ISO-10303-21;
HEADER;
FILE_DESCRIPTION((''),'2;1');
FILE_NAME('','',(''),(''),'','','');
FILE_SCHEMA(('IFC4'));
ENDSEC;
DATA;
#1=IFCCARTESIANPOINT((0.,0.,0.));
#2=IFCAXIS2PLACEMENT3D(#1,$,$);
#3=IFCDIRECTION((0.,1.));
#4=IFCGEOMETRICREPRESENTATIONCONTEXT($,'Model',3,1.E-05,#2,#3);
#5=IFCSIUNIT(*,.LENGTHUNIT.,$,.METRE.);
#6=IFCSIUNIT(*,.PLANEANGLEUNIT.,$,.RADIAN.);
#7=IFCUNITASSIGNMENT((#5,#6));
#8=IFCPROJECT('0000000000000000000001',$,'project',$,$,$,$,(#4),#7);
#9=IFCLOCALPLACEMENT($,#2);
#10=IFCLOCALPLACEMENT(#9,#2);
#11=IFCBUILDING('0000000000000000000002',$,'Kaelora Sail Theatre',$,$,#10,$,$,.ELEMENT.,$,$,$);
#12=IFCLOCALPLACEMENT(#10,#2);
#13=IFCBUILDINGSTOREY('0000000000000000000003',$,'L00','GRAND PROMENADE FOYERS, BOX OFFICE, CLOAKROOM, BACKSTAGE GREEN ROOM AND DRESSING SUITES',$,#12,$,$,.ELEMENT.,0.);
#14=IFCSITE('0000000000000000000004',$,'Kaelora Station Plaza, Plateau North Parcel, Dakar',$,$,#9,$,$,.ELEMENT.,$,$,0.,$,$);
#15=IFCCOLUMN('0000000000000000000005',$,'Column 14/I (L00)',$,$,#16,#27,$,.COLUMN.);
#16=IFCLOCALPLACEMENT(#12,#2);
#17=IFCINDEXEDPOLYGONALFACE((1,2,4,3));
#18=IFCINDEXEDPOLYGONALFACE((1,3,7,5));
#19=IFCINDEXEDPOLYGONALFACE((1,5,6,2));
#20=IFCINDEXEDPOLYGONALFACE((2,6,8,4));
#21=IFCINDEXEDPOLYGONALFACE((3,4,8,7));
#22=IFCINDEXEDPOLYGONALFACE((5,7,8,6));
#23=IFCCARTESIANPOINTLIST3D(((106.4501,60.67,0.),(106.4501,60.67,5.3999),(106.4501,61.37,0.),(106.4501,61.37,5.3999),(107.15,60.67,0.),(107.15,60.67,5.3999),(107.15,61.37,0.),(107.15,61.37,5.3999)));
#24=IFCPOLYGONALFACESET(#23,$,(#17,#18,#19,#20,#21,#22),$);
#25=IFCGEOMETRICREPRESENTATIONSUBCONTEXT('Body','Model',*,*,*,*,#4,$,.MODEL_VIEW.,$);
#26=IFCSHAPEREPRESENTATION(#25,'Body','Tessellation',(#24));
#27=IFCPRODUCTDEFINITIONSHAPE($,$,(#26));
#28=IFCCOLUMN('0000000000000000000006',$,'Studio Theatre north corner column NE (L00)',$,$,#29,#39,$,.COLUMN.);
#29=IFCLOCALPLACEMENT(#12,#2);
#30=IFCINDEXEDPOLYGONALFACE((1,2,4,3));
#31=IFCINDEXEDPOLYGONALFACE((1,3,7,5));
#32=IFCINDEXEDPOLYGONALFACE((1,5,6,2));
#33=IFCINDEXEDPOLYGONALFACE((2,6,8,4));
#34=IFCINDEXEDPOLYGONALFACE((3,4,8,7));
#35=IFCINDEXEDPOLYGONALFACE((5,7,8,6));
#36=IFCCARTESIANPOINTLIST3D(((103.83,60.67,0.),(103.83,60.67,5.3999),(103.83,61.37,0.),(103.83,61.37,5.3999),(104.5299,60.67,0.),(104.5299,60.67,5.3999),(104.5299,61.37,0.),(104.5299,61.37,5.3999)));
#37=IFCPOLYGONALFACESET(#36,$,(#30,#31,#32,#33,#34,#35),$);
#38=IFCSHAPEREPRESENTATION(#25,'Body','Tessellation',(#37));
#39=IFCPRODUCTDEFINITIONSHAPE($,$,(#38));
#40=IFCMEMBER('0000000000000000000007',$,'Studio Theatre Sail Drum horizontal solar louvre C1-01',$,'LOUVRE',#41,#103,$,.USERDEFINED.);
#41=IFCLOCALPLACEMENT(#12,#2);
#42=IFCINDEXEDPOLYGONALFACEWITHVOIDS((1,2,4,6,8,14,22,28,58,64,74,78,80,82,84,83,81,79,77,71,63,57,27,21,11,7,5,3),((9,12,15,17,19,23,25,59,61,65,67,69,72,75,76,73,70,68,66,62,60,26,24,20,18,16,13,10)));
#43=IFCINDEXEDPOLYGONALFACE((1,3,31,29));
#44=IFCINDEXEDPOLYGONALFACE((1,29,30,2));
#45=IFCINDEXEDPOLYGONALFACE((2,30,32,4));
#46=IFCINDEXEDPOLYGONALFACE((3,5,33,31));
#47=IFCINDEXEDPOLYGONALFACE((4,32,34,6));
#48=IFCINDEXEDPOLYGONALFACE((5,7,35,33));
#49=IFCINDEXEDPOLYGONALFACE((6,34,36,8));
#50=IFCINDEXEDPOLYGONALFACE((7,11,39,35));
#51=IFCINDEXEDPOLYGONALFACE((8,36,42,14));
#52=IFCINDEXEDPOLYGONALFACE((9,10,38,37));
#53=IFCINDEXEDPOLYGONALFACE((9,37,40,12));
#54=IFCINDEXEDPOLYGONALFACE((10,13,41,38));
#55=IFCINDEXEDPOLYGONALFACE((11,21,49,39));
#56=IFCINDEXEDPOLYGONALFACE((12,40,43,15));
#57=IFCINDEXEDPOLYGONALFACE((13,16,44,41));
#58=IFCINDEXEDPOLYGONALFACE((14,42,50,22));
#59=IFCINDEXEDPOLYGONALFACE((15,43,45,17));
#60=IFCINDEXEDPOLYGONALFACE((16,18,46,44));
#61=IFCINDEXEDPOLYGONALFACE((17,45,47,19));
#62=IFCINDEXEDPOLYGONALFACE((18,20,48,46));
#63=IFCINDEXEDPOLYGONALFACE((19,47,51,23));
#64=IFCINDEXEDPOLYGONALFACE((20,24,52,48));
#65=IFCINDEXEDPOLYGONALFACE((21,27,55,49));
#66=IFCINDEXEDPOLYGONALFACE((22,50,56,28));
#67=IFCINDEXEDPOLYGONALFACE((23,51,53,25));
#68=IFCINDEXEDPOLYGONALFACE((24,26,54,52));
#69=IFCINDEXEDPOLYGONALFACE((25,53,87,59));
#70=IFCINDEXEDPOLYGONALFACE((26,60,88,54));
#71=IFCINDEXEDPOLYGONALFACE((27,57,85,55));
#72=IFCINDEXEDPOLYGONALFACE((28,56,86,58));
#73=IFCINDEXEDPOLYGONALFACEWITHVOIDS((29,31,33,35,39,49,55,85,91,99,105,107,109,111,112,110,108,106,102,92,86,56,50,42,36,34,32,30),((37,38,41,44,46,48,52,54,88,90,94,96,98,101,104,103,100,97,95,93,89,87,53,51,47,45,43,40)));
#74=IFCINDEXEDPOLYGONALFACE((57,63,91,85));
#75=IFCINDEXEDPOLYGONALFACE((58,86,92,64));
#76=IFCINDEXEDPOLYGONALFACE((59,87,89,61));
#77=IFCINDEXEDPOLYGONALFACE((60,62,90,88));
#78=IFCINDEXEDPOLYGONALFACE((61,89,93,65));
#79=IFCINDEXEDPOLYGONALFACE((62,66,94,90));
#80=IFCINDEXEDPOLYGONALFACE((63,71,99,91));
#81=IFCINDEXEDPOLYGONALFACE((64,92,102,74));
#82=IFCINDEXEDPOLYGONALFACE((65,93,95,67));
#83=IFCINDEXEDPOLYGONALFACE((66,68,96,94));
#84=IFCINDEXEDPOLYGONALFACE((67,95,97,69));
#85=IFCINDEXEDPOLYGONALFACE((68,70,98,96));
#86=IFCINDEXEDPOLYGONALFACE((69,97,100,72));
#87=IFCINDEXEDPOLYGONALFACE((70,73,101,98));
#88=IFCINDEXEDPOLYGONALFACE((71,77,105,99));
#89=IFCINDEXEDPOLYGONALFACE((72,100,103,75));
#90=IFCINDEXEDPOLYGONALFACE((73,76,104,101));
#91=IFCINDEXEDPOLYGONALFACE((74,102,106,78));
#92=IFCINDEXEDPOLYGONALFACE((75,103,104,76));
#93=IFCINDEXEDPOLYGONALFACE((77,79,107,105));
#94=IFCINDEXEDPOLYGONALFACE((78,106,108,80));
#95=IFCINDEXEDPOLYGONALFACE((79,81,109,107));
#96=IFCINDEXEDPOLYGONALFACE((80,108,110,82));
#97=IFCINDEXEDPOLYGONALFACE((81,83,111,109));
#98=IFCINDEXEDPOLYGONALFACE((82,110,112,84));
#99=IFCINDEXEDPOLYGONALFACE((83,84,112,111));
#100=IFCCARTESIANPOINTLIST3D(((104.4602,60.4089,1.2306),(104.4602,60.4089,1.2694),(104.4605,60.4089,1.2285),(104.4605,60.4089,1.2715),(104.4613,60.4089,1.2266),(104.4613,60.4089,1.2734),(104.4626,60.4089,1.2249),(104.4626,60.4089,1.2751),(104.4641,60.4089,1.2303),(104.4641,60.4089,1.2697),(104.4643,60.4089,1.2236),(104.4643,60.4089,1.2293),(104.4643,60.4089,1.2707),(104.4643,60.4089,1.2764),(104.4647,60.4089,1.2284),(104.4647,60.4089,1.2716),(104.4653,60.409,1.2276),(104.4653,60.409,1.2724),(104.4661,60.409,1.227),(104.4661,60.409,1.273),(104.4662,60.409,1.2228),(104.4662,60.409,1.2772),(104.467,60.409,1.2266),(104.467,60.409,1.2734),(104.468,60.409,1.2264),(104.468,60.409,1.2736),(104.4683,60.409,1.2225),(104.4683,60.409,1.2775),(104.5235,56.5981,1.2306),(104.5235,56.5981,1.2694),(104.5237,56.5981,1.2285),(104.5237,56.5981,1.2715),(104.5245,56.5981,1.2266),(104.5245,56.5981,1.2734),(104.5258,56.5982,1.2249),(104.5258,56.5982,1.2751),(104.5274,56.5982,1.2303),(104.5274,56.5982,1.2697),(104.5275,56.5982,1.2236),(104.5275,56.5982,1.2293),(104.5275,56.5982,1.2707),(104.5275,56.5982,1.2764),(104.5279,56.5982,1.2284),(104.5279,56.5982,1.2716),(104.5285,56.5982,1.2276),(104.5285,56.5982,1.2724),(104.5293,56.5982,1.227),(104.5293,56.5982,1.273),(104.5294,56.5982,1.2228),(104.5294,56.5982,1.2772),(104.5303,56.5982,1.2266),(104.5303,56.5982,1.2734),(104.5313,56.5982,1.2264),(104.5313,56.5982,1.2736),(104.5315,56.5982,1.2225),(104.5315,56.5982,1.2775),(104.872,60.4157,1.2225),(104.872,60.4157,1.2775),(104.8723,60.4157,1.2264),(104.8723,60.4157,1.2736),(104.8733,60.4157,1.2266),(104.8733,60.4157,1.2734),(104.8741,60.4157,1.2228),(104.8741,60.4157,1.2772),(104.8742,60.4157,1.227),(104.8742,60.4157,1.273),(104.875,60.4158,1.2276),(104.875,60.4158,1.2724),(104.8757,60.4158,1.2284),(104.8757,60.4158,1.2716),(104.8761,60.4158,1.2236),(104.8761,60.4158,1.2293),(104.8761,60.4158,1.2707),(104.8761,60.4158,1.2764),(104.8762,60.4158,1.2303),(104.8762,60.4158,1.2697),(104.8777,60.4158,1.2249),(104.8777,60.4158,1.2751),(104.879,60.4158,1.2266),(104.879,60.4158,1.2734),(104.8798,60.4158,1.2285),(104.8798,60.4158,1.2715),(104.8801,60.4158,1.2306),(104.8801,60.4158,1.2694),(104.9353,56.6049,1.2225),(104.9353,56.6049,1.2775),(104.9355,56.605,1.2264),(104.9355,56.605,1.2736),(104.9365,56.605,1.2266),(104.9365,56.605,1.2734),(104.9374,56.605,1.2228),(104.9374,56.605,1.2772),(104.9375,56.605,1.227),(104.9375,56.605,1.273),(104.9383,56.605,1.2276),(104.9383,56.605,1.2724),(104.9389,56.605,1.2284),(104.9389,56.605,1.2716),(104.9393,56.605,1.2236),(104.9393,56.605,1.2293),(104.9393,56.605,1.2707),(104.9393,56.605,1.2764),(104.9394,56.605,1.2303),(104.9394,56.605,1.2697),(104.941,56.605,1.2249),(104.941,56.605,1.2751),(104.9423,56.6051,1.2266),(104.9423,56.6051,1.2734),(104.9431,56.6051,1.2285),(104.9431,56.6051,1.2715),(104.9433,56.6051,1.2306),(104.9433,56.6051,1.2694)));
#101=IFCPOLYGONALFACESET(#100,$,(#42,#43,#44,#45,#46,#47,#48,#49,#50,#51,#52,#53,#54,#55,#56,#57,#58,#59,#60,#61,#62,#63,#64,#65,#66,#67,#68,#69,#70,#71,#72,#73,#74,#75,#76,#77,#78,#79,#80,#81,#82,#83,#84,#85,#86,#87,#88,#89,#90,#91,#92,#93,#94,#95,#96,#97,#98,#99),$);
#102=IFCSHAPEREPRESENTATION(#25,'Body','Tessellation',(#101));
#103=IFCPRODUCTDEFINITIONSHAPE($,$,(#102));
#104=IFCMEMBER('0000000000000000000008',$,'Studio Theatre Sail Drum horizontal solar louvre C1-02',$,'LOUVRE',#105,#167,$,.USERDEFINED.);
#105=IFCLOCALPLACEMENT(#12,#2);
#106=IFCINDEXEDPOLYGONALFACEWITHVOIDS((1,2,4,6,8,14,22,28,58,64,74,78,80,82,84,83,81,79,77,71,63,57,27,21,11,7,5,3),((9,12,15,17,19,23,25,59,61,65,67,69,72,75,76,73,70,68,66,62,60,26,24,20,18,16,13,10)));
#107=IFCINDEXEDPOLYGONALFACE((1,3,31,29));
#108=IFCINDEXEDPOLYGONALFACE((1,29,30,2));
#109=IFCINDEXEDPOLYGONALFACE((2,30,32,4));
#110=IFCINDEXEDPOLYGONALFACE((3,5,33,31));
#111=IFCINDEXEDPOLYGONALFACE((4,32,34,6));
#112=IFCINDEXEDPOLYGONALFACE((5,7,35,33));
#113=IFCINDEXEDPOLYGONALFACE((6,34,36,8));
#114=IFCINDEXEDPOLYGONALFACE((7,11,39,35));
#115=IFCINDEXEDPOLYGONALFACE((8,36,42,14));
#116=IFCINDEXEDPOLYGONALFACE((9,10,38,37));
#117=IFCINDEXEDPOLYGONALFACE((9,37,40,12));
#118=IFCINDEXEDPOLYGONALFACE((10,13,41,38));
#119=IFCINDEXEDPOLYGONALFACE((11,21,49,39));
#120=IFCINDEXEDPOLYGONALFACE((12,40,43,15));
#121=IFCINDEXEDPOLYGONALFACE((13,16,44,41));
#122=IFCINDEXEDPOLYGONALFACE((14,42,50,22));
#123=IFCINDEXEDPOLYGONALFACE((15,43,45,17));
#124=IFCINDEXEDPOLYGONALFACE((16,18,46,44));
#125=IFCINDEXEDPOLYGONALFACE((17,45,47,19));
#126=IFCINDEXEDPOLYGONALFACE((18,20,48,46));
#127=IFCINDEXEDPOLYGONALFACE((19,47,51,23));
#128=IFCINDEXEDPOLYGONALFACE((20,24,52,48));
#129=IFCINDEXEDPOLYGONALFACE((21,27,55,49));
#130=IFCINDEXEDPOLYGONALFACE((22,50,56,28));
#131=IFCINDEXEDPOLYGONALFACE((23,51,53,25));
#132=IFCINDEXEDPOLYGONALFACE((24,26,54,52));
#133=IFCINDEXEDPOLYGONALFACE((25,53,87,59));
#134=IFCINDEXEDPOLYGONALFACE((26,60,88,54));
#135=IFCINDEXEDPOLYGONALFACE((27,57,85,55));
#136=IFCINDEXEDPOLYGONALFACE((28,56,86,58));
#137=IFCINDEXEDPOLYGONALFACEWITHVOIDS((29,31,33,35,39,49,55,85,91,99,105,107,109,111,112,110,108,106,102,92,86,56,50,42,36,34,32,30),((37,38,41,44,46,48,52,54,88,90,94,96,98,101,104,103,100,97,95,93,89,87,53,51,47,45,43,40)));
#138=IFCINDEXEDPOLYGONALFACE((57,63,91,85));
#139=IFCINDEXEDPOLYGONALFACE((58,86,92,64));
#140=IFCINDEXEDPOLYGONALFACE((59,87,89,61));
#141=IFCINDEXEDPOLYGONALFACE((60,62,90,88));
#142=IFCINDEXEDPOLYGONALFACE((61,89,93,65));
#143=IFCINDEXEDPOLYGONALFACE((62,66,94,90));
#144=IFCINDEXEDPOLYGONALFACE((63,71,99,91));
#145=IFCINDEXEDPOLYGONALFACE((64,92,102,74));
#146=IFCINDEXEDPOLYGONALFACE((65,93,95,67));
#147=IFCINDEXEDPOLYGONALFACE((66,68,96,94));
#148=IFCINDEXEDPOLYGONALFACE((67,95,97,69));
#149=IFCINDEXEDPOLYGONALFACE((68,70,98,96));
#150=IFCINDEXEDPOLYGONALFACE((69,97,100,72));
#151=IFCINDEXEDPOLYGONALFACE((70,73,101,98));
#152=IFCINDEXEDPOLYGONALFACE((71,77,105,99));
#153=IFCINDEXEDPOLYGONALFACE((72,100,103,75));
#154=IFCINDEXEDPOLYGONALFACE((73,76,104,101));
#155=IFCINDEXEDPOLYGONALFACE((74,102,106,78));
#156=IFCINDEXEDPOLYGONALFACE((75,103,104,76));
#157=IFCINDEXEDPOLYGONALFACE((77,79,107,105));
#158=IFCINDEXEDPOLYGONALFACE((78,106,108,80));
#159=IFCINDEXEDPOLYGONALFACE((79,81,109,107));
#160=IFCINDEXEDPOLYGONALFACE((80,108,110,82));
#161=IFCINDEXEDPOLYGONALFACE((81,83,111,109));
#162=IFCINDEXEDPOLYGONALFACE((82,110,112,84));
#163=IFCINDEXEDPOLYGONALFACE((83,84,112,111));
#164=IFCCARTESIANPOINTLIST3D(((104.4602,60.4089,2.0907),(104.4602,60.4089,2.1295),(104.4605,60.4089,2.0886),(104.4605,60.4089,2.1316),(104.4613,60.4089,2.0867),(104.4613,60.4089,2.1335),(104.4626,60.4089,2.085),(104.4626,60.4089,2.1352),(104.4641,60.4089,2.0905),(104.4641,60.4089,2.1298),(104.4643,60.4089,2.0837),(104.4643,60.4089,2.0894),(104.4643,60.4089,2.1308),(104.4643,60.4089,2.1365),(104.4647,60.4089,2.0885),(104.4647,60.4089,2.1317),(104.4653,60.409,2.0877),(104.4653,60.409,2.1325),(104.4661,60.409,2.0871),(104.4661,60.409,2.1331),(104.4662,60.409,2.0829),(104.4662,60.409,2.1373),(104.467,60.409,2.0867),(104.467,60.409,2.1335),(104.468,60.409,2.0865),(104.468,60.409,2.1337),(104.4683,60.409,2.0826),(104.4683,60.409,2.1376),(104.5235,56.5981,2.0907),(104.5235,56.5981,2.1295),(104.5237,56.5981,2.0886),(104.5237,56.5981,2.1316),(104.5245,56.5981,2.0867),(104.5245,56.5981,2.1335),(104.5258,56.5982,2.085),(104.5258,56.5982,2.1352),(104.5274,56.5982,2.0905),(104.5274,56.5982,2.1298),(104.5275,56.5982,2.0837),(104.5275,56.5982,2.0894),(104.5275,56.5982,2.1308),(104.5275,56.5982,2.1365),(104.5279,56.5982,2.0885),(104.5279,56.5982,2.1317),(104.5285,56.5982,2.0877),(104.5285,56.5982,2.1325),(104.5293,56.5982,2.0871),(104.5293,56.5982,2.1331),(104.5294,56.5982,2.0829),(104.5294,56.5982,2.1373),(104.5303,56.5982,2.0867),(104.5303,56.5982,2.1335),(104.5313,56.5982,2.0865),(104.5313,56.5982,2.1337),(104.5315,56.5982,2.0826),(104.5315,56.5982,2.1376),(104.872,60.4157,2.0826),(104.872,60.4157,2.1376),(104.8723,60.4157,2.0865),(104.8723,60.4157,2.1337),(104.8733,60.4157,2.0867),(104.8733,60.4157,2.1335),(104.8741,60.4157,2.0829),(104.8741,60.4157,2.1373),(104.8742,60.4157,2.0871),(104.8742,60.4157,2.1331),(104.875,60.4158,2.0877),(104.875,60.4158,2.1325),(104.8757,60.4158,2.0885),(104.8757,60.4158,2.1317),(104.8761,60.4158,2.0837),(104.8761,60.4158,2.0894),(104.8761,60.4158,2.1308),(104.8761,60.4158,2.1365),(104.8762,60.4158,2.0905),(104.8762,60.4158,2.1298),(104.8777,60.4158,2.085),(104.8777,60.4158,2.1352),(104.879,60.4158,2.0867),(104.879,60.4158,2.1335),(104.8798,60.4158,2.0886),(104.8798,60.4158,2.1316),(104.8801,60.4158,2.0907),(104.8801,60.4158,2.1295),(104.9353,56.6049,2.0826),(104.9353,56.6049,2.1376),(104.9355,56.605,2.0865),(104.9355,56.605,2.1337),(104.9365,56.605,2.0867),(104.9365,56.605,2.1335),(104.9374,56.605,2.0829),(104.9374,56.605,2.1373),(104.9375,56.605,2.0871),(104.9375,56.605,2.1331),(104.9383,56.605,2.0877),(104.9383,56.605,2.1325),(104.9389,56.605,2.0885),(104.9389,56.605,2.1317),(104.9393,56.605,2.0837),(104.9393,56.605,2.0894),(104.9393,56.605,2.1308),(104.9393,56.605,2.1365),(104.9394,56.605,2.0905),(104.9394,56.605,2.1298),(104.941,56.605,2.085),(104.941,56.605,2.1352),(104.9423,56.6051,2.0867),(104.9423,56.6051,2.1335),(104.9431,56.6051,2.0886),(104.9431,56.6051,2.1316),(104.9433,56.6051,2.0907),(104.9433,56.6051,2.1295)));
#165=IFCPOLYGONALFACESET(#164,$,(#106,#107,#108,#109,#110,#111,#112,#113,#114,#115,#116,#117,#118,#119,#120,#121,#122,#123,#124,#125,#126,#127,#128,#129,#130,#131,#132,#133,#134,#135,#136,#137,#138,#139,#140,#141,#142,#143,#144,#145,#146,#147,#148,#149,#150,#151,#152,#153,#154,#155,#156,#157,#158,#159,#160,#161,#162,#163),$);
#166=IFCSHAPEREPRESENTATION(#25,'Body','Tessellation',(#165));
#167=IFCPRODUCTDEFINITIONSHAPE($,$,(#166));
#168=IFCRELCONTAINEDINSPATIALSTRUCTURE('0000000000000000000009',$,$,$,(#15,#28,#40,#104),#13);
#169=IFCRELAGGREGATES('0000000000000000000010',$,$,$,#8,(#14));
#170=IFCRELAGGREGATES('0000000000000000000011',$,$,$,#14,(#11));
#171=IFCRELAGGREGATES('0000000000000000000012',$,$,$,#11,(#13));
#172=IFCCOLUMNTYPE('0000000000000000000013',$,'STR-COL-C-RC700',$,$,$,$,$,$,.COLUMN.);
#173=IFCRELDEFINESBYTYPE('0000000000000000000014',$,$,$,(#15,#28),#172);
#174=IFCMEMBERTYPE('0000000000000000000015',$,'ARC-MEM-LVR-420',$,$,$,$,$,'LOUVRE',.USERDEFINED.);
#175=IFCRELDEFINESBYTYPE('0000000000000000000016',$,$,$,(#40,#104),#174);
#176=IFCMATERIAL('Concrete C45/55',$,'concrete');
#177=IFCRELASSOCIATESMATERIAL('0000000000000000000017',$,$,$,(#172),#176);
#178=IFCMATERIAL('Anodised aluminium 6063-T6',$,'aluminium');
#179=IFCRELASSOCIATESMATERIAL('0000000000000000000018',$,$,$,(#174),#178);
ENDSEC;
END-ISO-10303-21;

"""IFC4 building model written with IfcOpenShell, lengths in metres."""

from ifc_helpers import new_model, si_unit, direction, frame, origin, origin_2d, place, context, subcontext, project, spatial, rectangle, hollow_rectangle, extrude, material, material_profile, profile_set, type_object, element, save


model = new_model("IFC4")

# Units and contexts
model_context = context("Model", 3, precision=1e-05, world=origin(), true_north=direction((0.0, 1.0)))
body_context = subcontext(model_context, "Body", "Model", "MODEL_VIEW")
ifc_project = project(units=[si_unit("LENGTHUNIT", "METRE"), si_unit("PLANEANGLEUNIT", "RADIAN")], contexts=[model_context])

# Site, building, storey
site_placement = place(None, origin())
site = spatial("IfcSite", under=ifc_project, at=site_placement, Name="Kaelora Station Plaza, Plateau North Parcel, Dakar", CompositionType="ELEMENT", RefElevation=0.0)
building_placement = place(site_placement, origin())
building = spatial("IfcBuilding", under=site, at=building_placement, Name="Kaelora Sail Theatre", CompositionType="ELEMENT")
storey_placement = place(building_placement, origin())
storey = spatial("IfcBuildingStorey", under=building, at=storey_placement, Name="L00", Description="GRAND PROMENADE FOYERS, BOX OFFICE, CLOAKROOM, BACKSTAGE GREEN ROOM AND DRESSING SUITES", CompositionType="ELEMENT", Elevation=0.0)

# Columns
ifc_material_1 = material(Name="Concrete C45/55", Category="concrete")
ifc_material_profile_1 = material_profile(ifc_material_1, rectangle(XDim=0.7, YDim=0.7, at=origin_2d()), Name="RC-COL 700x700")
ifc_profile_set_1 = profile_set([ifc_material_profile_1], Name="Concrete C45/55")
column_type = type_object("IfcColumnType", Name="STR-COL-C-RC700", PredefinedType="COLUMN", material=ifc_profile_set_1)
for number, where, z_axis, x_axis, name in (
    (1, (106.8, 61.02, 0.0), (0.0, 0.0, 1.0), (1.0, 0.0, 0.0), "Column 14/I (L00)"),
    (2, (104.1799, 61.02, 0.0), (0.0, 0.0, 1.0), (1.0, 0.0, 0.0), "Studio Theatre north corner column NE (L00)"),
):
    element("IfcColumn", number, at=place(storey_placement, frame(where, z_axis=z_axis, x_axis=x_axis)), inside=storey, type_object=column_type, Name=name, PredefinedType="COLUMN", context=body_context, shape_type="SweptSolid", body=[
        extrude(rectangle(XDim=0.7, YDim=0.7, at=origin_2d()), origin(), (0.0, 0.0, 1.0), 5.3999),
    ])

# Members
ifc_material_2 = material(Name="Anodised aluminium 6063-T6", Category="aluminium")
ifc_material_profile_2 = material_profile(ifc_material_2, hollow_rectangle(XDim=0.4199, YDim=0.0549, WallThickness=0.0039, InnerFilletRadius=0.0039, OuterFilletRadius=0.0081, at=origin_2d()), Name="LOUVRE 420x55x4")
ifc_profile_set_2 = profile_set([ifc_material_profile_2], Name="Anodised aluminium 6063-T6")
member_type_1 = type_object("IfcMemberType", Name="ARC-MEM-LVR-420", ElementType="LOUVRE", PredefinedType="USERDEFINED", material=ifc_profile_set_2)
for number, where, z_axis, x_axis, name in (
    (3, (104.6702, 60.4124, 1.25), (0.016591, -0.999862, 0.0), (0.999862, 0.016591, 0.0), "Studio Theatre Sail Drum horizontal solar louvre C1-01"),
    (4, (104.6702, 60.4124, 2.1101), (0.016591, -0.999862, 0.0), (0.999862, 0.016591, 0.0), "Studio Theatre Sail Drum horizontal solar louvre C1-02"),
):
    element("IfcMember", number, at=place(storey_placement, frame(where, z_axis=z_axis, x_axis=x_axis)), inside=storey, type_object=member_type_1, Name=name, ObjectType="LOUVRE", PredefinedType="USERDEFINED", context=body_context, shape_type="SweptSolid", body=[
        extrude(hollow_rectangle(XDim=0.4199, YDim=0.0549, WallThickness=0.0039, InnerFilletRadius=0.0039, OuterFilletRadius=0.0081, at=origin_2d()), origin(), (0.0, 0.0, 1.0), 3.8113),
    ])

save(model, "model.ifc")
